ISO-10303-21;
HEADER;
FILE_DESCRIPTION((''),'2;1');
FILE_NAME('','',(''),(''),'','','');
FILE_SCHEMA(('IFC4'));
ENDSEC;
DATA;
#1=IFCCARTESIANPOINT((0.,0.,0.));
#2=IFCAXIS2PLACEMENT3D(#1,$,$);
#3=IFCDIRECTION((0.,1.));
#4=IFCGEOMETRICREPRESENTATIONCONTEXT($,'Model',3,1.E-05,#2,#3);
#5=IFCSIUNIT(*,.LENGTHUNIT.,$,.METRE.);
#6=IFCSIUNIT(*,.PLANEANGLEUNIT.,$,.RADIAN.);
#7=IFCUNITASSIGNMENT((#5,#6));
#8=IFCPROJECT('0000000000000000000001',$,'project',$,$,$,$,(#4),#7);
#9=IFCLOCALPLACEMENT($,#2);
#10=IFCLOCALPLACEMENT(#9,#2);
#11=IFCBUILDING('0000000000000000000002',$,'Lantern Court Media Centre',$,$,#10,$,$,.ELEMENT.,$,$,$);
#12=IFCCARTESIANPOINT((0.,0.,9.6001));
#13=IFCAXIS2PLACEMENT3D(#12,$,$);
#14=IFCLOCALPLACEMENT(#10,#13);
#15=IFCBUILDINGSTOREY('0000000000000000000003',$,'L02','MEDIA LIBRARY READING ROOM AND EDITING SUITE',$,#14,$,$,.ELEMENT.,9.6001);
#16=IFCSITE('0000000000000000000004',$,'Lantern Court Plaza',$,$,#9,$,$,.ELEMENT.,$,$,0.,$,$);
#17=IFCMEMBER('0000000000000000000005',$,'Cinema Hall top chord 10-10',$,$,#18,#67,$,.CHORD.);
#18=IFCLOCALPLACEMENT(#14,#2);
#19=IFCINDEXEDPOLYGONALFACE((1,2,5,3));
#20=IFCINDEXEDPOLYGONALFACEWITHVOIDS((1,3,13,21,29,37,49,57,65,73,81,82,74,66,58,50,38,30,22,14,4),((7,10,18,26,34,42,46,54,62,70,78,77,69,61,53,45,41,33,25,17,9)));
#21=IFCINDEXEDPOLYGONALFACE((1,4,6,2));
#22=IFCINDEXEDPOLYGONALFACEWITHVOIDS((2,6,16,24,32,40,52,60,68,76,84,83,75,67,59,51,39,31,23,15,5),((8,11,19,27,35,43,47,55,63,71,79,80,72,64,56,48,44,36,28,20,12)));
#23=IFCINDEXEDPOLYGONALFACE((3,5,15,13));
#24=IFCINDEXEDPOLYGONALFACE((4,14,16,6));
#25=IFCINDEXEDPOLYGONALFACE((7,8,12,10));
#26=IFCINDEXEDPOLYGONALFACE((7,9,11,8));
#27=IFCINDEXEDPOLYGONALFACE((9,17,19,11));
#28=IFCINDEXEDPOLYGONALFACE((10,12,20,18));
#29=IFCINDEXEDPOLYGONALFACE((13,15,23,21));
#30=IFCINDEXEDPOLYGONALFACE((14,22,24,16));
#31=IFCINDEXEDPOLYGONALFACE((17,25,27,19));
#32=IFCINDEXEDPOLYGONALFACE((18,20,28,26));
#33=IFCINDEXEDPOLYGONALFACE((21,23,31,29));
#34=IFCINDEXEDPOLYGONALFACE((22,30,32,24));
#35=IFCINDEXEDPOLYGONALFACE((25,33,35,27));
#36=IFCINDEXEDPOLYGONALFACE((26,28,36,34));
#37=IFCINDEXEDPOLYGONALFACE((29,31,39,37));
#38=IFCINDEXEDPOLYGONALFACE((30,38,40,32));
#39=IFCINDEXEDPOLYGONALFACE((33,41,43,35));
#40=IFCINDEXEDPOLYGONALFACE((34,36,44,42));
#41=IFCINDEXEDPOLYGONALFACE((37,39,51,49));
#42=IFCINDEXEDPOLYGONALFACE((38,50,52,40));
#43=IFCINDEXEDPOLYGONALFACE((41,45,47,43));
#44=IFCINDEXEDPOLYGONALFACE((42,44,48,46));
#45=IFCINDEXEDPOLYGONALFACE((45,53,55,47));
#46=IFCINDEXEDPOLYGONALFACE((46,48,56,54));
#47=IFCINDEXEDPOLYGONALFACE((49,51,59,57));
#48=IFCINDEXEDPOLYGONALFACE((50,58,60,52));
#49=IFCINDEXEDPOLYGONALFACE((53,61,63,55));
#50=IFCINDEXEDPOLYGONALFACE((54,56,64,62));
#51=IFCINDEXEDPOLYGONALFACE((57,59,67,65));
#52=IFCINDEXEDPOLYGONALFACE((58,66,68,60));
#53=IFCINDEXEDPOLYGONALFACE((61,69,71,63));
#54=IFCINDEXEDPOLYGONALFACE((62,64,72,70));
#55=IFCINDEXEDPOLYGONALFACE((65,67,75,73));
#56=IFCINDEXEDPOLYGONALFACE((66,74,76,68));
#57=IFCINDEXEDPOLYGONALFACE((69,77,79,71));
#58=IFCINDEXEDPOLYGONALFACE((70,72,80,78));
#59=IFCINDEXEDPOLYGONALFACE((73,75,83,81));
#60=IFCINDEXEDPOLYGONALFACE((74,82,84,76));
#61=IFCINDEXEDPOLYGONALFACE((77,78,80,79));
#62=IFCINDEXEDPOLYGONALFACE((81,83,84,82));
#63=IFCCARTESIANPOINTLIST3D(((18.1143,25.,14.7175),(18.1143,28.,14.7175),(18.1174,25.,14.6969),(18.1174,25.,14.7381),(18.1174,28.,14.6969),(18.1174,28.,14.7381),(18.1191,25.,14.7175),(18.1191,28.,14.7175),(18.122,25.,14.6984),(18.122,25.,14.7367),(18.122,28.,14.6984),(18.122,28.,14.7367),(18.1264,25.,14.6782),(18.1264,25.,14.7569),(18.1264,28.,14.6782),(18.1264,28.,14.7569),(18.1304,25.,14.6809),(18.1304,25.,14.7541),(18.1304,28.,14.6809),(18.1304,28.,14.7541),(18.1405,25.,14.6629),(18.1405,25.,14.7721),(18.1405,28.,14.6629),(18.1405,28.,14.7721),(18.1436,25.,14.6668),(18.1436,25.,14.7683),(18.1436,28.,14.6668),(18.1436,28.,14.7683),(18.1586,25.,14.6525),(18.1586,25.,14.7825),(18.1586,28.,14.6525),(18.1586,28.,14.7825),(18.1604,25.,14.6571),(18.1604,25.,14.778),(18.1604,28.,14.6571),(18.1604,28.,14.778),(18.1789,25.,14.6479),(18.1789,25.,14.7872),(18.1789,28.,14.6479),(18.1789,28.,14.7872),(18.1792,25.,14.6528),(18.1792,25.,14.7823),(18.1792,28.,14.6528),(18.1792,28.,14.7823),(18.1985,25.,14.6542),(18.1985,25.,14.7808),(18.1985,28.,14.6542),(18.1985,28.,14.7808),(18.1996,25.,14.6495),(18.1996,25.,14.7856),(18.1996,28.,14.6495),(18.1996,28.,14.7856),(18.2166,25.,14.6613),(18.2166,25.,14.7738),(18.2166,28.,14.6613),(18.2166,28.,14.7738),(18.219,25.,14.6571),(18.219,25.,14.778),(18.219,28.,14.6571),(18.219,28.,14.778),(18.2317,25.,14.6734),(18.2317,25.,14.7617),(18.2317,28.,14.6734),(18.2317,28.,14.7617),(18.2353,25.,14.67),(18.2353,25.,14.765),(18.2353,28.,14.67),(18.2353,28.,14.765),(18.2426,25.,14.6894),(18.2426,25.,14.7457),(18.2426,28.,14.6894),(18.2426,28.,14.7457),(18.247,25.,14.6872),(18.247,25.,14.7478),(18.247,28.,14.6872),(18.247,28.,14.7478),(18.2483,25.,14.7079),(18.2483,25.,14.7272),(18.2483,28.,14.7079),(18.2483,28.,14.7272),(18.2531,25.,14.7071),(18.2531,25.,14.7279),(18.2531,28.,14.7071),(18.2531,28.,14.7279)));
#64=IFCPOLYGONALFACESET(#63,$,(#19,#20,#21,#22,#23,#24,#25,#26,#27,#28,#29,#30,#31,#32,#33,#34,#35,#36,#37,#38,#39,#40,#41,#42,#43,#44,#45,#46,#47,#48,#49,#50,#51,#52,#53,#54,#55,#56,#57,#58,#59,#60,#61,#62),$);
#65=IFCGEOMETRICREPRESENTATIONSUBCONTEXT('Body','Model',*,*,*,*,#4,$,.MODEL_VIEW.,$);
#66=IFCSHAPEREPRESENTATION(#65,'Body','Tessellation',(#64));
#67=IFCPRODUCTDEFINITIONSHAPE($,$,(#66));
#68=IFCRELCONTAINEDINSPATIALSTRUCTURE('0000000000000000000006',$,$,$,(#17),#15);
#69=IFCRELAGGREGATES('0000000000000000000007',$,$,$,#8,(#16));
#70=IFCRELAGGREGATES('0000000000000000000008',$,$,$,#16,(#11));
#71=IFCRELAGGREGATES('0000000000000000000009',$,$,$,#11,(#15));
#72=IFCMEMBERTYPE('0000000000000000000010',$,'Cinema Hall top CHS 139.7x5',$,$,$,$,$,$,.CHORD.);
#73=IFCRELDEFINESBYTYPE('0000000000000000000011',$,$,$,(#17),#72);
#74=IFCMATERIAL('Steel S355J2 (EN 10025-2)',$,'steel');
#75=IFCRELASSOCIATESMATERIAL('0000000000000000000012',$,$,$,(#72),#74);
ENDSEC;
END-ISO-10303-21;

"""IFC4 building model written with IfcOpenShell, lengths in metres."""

from ifc_helpers import new_model, si_unit, direction, frame, origin, origin_2d, place, context, subcontext, project, spatial, hollow_circle, extrude, material, material_profile, profile_set, type_object, element, save


model = new_model("IFC4")

# Units and contexts
model_context = context("Model", 3, precision=1e-05, world=origin(), true_north=direction((0.0, 1.0)))
body_context = subcontext(model_context, "Body", "Model", "MODEL_VIEW")
ifc_project = project(units=[si_unit("LENGTHUNIT", "METRE"), si_unit("PLANEANGLEUNIT", "RADIAN")], contexts=[model_context])

# Site, building, storey
site_placement = place(None, origin())
site = spatial("IfcSite", under=ifc_project, at=site_placement, Name="Lantern Court Plaza", CompositionType="ELEMENT", RefElevation=0.0)
building_placement = place(site_placement, origin())
building = spatial("IfcBuilding", under=site, at=building_placement, Name="Lantern Court Media Centre", CompositionType="ELEMENT")
storey_placement = place(building_placement, frame((0.0, 0.0, 9.6001)))
storey = spatial("IfcBuildingStorey", under=building, at=storey_placement, Name="L02", Description="MEDIA LIBRARY READING ROOM AND EDITING SUITE", CompositionType="ELEMENT", Elevation=9.6001)

# Member
ifc_material = material(Name="Steel S355J2 (EN 10025-2)", Category="steel")
ifc_material_profile_1 = material_profile(ifc_material, hollow_circle(Radius=0.0698, WallThickness=0.0049, at=origin_2d()), Name="Cinema Hall top CHS 139.7x5")
ifc_profile_set_1 = profile_set([ifc_material_profile_1], Name="Steel S355J2 (EN 10025-2)")
member_type_1 = type_object("IfcMemberType", Name="Cinema Hall top CHS 139.7x5", PredefinedType="CHORD", material=ifc_profile_set_1)
member_1_placement = place(storey_placement, frame((18.1841, 25.0, 14.7175), z_axis=(0.0, 1.0, 0.0), x_axis=(-1.0, 0.0, 0.0)))
element("IfcMember", 1, at=member_1_placement, inside=storey, type_object=member_type_1, Name="Cinema Hall top chord 10-10", PredefinedType="CHORD", context=body_context, shape_type="SweptSolid", body=[
    extrude(hollow_circle(Radius=0.0698, WallThickness=0.0049, at=origin_2d()), origin(), (0.0, 0.0, 1.0), 3.0),
])

save(model, "model.ifc")
